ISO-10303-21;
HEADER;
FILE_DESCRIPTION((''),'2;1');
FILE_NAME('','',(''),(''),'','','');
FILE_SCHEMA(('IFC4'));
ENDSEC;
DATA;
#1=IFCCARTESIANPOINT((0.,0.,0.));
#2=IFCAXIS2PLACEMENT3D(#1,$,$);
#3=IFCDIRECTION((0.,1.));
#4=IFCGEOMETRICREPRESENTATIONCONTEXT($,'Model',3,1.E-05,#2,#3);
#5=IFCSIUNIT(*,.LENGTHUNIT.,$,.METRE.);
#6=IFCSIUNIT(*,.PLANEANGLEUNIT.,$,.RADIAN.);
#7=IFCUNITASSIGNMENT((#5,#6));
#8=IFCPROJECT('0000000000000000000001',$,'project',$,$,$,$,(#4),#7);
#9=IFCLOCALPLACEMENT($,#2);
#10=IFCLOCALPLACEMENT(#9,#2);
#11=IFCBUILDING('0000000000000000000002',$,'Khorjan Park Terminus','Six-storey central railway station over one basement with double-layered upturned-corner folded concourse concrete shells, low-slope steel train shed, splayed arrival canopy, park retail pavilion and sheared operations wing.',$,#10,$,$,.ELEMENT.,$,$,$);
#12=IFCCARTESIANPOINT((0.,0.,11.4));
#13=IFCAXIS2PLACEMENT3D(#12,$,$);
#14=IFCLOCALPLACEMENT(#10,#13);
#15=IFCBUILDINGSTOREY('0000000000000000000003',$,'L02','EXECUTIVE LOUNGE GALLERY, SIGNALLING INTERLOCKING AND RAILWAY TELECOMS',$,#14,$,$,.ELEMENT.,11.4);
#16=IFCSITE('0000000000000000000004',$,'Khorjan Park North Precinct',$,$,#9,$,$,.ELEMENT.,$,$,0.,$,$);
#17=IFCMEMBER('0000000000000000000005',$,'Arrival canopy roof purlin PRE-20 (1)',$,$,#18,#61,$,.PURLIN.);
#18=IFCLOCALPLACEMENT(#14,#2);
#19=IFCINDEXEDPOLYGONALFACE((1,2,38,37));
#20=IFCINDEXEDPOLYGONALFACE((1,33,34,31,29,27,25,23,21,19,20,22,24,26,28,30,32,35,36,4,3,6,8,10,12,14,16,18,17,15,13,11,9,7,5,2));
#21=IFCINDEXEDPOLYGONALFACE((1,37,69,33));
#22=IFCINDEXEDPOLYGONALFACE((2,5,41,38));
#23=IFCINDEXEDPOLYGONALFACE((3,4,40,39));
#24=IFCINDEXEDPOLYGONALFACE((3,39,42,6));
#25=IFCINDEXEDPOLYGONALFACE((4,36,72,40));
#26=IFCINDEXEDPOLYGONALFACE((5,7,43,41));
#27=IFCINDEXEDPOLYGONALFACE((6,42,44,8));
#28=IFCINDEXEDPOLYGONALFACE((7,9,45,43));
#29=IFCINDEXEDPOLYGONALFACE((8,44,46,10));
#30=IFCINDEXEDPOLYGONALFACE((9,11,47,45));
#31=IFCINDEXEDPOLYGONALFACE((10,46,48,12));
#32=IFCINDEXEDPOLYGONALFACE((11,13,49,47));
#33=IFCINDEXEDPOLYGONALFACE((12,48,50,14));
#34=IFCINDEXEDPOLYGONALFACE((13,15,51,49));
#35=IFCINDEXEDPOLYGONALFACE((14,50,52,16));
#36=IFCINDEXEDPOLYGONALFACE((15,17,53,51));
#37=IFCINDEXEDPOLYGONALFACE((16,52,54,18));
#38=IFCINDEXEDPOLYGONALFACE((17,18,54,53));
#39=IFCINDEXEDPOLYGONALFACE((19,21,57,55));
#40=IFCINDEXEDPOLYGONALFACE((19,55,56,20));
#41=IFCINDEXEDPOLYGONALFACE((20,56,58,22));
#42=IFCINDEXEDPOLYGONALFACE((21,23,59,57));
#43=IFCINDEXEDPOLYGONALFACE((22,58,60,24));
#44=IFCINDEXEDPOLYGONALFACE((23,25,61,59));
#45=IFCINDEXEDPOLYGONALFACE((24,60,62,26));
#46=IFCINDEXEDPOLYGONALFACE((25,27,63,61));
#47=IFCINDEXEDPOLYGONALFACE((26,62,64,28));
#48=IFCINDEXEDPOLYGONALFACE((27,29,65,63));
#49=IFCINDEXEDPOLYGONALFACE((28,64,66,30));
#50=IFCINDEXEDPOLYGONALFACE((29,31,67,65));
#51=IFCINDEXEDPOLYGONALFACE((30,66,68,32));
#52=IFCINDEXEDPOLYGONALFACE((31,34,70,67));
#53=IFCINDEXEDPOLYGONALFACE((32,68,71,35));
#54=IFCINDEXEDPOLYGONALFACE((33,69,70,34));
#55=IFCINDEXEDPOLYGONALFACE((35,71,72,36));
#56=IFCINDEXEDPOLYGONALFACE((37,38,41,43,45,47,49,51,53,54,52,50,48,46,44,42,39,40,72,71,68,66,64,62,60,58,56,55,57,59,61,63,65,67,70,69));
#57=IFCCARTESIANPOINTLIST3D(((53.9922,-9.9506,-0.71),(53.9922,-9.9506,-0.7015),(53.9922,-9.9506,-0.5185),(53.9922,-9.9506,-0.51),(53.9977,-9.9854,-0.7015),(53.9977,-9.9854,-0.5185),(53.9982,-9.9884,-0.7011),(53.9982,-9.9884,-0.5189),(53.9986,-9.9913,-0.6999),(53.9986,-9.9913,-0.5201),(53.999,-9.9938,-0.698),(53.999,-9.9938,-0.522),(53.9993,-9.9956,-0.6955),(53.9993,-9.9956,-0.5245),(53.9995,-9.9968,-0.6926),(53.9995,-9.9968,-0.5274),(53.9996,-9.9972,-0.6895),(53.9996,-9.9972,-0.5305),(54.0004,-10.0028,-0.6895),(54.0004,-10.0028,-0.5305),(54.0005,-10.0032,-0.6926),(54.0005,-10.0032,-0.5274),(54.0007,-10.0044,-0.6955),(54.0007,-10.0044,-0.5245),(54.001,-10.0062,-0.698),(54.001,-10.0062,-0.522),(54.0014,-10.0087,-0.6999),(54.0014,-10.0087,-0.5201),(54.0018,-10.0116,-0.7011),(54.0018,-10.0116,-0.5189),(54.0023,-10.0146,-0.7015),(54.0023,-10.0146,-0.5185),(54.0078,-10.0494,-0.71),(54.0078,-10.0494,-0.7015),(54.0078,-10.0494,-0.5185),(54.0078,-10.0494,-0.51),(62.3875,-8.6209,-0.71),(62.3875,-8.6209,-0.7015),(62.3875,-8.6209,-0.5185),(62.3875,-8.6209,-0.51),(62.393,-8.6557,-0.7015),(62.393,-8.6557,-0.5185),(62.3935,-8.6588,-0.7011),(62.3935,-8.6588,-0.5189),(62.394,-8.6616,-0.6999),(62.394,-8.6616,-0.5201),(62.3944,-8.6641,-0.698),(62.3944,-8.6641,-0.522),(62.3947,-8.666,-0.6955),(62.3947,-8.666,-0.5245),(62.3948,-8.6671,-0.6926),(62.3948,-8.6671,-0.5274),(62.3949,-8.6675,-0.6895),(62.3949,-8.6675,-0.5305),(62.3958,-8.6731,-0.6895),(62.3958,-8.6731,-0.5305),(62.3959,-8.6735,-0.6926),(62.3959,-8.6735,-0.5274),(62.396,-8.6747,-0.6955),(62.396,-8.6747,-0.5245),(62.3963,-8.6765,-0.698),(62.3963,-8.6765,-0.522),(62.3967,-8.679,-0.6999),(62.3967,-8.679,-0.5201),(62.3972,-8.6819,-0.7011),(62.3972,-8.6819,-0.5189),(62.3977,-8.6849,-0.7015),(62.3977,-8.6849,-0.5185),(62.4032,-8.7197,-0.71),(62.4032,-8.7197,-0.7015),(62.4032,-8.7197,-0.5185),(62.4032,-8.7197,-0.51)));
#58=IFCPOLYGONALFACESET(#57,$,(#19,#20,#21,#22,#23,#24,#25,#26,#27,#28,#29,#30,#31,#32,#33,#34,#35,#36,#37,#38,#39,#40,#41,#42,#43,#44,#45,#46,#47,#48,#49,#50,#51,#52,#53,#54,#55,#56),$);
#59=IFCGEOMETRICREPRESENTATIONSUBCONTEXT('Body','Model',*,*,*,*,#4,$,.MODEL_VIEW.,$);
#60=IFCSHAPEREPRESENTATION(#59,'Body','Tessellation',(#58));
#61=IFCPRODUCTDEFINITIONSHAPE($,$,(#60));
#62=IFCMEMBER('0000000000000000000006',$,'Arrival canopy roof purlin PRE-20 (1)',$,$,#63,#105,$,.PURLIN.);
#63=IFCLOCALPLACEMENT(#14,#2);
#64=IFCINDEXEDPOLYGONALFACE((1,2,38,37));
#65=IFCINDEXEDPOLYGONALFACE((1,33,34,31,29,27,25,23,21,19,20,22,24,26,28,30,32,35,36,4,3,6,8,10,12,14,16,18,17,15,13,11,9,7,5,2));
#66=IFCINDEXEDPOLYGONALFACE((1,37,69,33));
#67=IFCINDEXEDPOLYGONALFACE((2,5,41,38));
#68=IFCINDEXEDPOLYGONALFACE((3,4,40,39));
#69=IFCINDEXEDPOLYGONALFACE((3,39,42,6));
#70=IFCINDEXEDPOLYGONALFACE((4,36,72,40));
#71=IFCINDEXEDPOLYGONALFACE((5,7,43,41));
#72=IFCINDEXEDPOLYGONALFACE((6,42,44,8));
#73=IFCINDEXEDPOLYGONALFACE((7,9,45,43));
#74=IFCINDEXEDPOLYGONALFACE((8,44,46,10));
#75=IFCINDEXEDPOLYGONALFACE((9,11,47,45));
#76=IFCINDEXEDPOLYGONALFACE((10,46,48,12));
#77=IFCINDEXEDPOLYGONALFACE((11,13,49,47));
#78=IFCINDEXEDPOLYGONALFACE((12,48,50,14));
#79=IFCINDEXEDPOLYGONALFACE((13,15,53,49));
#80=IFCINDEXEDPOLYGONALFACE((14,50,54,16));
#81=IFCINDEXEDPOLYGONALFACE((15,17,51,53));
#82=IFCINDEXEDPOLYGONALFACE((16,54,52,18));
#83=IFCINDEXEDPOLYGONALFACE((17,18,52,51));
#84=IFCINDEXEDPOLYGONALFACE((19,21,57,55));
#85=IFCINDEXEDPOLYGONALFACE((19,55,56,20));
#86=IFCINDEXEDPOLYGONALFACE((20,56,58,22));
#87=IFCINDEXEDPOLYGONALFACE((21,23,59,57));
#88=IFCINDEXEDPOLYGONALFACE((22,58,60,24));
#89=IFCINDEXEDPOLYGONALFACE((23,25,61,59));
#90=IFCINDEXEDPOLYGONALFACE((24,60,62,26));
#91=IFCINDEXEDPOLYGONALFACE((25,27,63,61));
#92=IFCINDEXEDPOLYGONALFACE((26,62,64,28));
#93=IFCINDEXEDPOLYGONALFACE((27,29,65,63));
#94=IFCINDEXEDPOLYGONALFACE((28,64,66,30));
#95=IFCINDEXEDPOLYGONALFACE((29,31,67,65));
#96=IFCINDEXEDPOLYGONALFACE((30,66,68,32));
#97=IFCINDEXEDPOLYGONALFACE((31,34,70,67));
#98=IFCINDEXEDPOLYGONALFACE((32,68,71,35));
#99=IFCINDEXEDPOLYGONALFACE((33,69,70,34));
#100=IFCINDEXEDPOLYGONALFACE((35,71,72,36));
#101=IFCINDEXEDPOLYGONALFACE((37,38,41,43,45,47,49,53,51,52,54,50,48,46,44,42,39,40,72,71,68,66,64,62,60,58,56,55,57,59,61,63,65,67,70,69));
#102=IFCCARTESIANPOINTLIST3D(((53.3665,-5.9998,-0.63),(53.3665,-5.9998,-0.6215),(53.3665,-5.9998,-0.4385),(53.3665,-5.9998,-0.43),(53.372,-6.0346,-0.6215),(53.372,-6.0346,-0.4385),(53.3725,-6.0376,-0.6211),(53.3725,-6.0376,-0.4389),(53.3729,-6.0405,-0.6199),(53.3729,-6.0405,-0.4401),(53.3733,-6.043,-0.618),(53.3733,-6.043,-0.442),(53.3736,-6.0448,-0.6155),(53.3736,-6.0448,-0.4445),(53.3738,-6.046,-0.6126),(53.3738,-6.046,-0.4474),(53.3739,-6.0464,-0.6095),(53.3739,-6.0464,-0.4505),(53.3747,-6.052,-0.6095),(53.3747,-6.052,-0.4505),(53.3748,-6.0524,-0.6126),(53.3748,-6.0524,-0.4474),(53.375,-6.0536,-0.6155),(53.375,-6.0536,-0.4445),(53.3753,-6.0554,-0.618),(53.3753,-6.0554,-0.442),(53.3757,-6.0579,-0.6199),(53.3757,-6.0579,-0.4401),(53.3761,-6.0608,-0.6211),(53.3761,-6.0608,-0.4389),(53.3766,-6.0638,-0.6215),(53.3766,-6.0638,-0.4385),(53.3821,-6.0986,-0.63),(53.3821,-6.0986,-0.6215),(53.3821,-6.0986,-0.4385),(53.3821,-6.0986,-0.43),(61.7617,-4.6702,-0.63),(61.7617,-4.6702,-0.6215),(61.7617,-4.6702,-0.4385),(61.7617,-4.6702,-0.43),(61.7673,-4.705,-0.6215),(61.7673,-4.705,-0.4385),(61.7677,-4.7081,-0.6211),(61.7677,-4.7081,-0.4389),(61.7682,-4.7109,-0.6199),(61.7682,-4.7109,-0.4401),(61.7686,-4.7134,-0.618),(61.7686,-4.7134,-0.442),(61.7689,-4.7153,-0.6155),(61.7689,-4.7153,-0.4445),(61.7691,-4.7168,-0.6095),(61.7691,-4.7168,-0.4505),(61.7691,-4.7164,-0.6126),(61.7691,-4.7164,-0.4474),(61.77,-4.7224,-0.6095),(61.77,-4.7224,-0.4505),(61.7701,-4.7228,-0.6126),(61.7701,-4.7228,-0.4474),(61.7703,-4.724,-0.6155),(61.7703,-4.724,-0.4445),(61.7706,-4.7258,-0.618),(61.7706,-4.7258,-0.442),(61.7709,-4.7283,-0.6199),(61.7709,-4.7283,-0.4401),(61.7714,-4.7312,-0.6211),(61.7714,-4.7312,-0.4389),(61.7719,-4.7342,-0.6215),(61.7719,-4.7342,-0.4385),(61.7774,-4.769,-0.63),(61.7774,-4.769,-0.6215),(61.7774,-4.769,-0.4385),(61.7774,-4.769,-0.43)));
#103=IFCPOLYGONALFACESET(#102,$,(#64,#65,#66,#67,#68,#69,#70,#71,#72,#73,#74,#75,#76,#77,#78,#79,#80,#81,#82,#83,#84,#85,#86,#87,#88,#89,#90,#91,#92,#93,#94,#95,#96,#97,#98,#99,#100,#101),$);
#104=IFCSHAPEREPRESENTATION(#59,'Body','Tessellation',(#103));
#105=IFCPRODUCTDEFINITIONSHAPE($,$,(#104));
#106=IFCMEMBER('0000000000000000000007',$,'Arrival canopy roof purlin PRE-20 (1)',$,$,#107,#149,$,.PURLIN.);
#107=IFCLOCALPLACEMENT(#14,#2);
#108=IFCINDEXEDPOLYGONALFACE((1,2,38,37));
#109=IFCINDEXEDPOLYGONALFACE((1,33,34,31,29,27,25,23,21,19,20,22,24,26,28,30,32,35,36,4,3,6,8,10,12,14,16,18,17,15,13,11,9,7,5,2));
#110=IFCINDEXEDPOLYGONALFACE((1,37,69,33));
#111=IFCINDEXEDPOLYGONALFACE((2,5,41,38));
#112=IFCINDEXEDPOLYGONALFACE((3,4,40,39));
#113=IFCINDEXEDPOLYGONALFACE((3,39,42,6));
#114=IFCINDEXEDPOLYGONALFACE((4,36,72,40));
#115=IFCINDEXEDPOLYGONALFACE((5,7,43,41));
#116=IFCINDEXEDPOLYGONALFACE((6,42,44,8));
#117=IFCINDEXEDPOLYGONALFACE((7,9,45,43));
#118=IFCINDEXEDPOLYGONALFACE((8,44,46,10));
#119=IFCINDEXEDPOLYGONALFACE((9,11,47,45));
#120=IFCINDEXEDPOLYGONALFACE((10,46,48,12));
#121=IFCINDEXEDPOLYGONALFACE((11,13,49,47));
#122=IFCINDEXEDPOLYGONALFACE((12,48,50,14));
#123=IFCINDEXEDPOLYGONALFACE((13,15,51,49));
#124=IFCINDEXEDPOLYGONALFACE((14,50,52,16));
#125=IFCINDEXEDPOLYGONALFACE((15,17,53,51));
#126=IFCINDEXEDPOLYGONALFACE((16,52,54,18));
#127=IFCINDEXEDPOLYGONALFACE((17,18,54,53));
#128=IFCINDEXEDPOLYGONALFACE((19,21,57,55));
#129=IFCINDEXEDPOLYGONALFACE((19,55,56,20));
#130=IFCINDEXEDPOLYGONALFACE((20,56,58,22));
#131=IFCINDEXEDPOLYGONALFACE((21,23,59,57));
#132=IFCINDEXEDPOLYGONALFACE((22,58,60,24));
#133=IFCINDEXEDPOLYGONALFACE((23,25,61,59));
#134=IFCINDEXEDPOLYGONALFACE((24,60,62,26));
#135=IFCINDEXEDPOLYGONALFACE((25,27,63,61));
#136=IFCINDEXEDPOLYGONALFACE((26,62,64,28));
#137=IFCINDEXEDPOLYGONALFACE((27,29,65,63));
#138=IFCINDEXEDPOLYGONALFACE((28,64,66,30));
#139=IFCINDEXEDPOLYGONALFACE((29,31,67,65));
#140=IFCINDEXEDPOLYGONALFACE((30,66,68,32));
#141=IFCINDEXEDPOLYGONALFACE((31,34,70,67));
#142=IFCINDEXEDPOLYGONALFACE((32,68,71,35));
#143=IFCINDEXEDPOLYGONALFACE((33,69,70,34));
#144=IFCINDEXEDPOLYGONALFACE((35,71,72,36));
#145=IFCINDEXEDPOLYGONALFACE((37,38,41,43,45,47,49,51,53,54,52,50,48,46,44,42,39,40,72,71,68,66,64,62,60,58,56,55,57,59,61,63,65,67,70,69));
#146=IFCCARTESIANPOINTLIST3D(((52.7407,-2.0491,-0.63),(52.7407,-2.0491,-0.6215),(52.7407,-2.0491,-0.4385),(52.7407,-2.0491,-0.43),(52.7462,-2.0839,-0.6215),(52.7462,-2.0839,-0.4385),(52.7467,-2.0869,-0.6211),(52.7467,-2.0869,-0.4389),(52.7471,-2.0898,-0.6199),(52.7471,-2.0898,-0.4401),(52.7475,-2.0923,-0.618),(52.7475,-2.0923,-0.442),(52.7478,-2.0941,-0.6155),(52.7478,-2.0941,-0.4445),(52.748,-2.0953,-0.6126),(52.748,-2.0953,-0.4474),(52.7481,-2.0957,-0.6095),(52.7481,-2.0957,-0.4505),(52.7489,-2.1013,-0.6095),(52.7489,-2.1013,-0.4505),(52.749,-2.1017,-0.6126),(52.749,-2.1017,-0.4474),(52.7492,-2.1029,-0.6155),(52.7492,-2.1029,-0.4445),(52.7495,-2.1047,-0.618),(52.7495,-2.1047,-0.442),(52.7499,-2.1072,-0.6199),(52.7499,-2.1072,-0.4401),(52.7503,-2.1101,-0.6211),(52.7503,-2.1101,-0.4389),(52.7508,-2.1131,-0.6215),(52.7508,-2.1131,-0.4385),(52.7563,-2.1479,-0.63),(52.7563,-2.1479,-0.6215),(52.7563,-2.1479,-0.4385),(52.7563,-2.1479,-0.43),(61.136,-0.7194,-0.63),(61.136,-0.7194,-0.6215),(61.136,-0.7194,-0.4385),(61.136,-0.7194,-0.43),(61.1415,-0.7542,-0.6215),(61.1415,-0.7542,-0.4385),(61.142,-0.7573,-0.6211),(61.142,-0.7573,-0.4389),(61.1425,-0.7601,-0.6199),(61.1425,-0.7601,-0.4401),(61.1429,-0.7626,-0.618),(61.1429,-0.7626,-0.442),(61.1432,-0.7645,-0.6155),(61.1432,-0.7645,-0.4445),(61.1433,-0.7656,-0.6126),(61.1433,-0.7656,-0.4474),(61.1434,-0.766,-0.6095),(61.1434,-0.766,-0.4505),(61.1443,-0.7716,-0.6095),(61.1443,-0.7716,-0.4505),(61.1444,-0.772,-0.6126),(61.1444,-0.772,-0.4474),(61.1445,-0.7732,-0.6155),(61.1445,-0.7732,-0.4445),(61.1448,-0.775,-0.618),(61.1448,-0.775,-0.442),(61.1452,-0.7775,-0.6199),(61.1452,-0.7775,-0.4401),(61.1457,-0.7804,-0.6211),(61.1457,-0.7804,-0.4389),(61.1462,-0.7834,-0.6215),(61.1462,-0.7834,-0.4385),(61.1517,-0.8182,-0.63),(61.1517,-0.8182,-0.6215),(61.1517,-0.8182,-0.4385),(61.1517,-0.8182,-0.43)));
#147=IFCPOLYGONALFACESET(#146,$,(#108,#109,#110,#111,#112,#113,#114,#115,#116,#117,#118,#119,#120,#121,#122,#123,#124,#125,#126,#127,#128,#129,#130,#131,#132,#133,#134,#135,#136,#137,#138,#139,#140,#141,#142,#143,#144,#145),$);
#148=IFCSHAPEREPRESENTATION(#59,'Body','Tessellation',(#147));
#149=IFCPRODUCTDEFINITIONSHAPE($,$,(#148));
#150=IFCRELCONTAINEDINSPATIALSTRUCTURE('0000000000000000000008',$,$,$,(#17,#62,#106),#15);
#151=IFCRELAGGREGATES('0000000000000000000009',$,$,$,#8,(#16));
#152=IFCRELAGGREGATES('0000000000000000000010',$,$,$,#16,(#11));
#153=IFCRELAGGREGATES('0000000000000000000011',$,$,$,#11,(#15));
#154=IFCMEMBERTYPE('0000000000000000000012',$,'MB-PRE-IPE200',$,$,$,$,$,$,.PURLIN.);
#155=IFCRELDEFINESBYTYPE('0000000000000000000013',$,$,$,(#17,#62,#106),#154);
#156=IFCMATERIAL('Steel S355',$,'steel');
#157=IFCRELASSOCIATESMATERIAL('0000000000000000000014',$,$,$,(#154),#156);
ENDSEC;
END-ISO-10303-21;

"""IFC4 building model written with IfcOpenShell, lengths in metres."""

from ifc_helpers import new_model, si_unit, direction, frame, origin, origin_2d, place, context, subcontext, project, spatial, i_section, extrude, material, material_profile, profile_set, type_object, element, save


model = new_model("IFC4")

# Units and contexts
model_context = context("Model", 3, precision=1e-05, world=origin(), true_north=direction((0.0, 1.0)))
body_context = subcontext(model_context, "Body", "Model", "MODEL_VIEW")
ifc_project = project(units=[si_unit("LENGTHUNIT", "METRE"), si_unit("PLANEANGLEUNIT", "RADIAN")], contexts=[model_context])

# Site, building, storey
site_placement = place(None, origin())
site = spatial("IfcSite", under=ifc_project, at=site_placement, Name="Khorjan Park North Precinct", CompositionType="ELEMENT", RefElevation=0.0)
building_placement = place(site_placement, origin())
building = spatial("IfcBuilding", under=site, at=building_placement, Name="Khorjan Park Terminus", Description="Six-storey central railway station over one basement with double-layered upturned-corner folded concourse concrete shells, low-slope steel train shed, splayed arrival canopy, park retail pavilion and sheared operations wing.", CompositionType="ELEMENT")
storey_placement = place(building_placement, frame((0.0, 0.0, 11.4)))
storey = spatial("IfcBuildingStorey", under=building, at=storey_placement, Name="L02", Description="EXECUTIVE LOUNGE GALLERY, SIGNALLING INTERLOCKING AND RAILWAY TELECOMS", CompositionType="ELEMENT", Elevation=11.4)

# Members
ifc_material_1 = material(Name="Steel S355", Category="steel")
ifc_material_profile_1 = material_profile(ifc_material_1, i_section(OverallWidth=0.1, OverallDepth=0.2, WebThickness=0.0056, FlangeThickness=0.0085, FilletRadius=0.012, at=origin_2d()), Name="IPE 200")
ifc_profile_set_1 = profile_set([ifc_material_profile_1], Name="Steel S355")
member_type_1 = type_object("IfcMemberType", Name="MB-PRE-IPE200", PredefinedType="PURLIN", material=ifc_profile_set_1)
member_1_placement = place(storey_placement, frame((54.0, -10.0, -0.61), z_axis=(0.987688, 0.156434, 0.0), x_axis=(-0.156434, 0.987688, 0.0)))
element("IfcMember", 1, at=member_1_placement, inside=storey, type_object=member_type_1, Name="Arrival canopy roof purlin PRE-20 (1)", PredefinedType="PURLIN", context=body_context, shape_type="SweptSolid", body=[
    extrude(i_section(OverallWidth=0.1, OverallDepth=0.2, WebThickness=0.0056, FlangeThickness=0.0085, FilletRadius=0.012, at=origin_2d()), origin(), (0.0, 0.0, 1.0), 8.5),
])
member_2_placement = place(storey_placement, frame((53.3743, -6.0492, -0.53), z_axis=(0.98769, 0.156425, 0.0), x_axis=(-0.156425, 0.98769, 0.0)))
element("IfcMember", 2, at=member_2_placement, inside=storey, type_object=member_type_1, Name="Arrival canopy roof purlin PRE-20 (1)", PredefinedType="PURLIN", context=body_context, shape_type="SweptSolid", body=[
    extrude(i_section(OverallWidth=0.1, OverallDepth=0.2, WebThickness=0.0056, FlangeThickness=0.0085, FilletRadius=0.012, at=origin_2d()), origin(), (0.0, 0.0, 1.0), 8.4999),
])
member_3_placement = place(storey_placement, frame((52.7485, -2.0985, -0.53), z_axis=(0.987688, 0.156434, 0.0), x_axis=(-0.156434, 0.987688, 0.0)))
element("IfcMember", 3, at=member_3_placement, inside=storey, type_object=member_type_1, Name="Arrival canopy roof purlin PRE-20 (1)", PredefinedType="PURLIN", context=body_context, shape_type="SweptSolid", body=[
    extrude(i_section(OverallWidth=0.1, OverallDepth=0.2, WebThickness=0.0056, FlangeThickness=0.0085, FilletRadius=0.012, at=origin_2d()), origin(), (0.0, 0.0, 1.0), 8.5),
])

save(model, "model.ifc")
